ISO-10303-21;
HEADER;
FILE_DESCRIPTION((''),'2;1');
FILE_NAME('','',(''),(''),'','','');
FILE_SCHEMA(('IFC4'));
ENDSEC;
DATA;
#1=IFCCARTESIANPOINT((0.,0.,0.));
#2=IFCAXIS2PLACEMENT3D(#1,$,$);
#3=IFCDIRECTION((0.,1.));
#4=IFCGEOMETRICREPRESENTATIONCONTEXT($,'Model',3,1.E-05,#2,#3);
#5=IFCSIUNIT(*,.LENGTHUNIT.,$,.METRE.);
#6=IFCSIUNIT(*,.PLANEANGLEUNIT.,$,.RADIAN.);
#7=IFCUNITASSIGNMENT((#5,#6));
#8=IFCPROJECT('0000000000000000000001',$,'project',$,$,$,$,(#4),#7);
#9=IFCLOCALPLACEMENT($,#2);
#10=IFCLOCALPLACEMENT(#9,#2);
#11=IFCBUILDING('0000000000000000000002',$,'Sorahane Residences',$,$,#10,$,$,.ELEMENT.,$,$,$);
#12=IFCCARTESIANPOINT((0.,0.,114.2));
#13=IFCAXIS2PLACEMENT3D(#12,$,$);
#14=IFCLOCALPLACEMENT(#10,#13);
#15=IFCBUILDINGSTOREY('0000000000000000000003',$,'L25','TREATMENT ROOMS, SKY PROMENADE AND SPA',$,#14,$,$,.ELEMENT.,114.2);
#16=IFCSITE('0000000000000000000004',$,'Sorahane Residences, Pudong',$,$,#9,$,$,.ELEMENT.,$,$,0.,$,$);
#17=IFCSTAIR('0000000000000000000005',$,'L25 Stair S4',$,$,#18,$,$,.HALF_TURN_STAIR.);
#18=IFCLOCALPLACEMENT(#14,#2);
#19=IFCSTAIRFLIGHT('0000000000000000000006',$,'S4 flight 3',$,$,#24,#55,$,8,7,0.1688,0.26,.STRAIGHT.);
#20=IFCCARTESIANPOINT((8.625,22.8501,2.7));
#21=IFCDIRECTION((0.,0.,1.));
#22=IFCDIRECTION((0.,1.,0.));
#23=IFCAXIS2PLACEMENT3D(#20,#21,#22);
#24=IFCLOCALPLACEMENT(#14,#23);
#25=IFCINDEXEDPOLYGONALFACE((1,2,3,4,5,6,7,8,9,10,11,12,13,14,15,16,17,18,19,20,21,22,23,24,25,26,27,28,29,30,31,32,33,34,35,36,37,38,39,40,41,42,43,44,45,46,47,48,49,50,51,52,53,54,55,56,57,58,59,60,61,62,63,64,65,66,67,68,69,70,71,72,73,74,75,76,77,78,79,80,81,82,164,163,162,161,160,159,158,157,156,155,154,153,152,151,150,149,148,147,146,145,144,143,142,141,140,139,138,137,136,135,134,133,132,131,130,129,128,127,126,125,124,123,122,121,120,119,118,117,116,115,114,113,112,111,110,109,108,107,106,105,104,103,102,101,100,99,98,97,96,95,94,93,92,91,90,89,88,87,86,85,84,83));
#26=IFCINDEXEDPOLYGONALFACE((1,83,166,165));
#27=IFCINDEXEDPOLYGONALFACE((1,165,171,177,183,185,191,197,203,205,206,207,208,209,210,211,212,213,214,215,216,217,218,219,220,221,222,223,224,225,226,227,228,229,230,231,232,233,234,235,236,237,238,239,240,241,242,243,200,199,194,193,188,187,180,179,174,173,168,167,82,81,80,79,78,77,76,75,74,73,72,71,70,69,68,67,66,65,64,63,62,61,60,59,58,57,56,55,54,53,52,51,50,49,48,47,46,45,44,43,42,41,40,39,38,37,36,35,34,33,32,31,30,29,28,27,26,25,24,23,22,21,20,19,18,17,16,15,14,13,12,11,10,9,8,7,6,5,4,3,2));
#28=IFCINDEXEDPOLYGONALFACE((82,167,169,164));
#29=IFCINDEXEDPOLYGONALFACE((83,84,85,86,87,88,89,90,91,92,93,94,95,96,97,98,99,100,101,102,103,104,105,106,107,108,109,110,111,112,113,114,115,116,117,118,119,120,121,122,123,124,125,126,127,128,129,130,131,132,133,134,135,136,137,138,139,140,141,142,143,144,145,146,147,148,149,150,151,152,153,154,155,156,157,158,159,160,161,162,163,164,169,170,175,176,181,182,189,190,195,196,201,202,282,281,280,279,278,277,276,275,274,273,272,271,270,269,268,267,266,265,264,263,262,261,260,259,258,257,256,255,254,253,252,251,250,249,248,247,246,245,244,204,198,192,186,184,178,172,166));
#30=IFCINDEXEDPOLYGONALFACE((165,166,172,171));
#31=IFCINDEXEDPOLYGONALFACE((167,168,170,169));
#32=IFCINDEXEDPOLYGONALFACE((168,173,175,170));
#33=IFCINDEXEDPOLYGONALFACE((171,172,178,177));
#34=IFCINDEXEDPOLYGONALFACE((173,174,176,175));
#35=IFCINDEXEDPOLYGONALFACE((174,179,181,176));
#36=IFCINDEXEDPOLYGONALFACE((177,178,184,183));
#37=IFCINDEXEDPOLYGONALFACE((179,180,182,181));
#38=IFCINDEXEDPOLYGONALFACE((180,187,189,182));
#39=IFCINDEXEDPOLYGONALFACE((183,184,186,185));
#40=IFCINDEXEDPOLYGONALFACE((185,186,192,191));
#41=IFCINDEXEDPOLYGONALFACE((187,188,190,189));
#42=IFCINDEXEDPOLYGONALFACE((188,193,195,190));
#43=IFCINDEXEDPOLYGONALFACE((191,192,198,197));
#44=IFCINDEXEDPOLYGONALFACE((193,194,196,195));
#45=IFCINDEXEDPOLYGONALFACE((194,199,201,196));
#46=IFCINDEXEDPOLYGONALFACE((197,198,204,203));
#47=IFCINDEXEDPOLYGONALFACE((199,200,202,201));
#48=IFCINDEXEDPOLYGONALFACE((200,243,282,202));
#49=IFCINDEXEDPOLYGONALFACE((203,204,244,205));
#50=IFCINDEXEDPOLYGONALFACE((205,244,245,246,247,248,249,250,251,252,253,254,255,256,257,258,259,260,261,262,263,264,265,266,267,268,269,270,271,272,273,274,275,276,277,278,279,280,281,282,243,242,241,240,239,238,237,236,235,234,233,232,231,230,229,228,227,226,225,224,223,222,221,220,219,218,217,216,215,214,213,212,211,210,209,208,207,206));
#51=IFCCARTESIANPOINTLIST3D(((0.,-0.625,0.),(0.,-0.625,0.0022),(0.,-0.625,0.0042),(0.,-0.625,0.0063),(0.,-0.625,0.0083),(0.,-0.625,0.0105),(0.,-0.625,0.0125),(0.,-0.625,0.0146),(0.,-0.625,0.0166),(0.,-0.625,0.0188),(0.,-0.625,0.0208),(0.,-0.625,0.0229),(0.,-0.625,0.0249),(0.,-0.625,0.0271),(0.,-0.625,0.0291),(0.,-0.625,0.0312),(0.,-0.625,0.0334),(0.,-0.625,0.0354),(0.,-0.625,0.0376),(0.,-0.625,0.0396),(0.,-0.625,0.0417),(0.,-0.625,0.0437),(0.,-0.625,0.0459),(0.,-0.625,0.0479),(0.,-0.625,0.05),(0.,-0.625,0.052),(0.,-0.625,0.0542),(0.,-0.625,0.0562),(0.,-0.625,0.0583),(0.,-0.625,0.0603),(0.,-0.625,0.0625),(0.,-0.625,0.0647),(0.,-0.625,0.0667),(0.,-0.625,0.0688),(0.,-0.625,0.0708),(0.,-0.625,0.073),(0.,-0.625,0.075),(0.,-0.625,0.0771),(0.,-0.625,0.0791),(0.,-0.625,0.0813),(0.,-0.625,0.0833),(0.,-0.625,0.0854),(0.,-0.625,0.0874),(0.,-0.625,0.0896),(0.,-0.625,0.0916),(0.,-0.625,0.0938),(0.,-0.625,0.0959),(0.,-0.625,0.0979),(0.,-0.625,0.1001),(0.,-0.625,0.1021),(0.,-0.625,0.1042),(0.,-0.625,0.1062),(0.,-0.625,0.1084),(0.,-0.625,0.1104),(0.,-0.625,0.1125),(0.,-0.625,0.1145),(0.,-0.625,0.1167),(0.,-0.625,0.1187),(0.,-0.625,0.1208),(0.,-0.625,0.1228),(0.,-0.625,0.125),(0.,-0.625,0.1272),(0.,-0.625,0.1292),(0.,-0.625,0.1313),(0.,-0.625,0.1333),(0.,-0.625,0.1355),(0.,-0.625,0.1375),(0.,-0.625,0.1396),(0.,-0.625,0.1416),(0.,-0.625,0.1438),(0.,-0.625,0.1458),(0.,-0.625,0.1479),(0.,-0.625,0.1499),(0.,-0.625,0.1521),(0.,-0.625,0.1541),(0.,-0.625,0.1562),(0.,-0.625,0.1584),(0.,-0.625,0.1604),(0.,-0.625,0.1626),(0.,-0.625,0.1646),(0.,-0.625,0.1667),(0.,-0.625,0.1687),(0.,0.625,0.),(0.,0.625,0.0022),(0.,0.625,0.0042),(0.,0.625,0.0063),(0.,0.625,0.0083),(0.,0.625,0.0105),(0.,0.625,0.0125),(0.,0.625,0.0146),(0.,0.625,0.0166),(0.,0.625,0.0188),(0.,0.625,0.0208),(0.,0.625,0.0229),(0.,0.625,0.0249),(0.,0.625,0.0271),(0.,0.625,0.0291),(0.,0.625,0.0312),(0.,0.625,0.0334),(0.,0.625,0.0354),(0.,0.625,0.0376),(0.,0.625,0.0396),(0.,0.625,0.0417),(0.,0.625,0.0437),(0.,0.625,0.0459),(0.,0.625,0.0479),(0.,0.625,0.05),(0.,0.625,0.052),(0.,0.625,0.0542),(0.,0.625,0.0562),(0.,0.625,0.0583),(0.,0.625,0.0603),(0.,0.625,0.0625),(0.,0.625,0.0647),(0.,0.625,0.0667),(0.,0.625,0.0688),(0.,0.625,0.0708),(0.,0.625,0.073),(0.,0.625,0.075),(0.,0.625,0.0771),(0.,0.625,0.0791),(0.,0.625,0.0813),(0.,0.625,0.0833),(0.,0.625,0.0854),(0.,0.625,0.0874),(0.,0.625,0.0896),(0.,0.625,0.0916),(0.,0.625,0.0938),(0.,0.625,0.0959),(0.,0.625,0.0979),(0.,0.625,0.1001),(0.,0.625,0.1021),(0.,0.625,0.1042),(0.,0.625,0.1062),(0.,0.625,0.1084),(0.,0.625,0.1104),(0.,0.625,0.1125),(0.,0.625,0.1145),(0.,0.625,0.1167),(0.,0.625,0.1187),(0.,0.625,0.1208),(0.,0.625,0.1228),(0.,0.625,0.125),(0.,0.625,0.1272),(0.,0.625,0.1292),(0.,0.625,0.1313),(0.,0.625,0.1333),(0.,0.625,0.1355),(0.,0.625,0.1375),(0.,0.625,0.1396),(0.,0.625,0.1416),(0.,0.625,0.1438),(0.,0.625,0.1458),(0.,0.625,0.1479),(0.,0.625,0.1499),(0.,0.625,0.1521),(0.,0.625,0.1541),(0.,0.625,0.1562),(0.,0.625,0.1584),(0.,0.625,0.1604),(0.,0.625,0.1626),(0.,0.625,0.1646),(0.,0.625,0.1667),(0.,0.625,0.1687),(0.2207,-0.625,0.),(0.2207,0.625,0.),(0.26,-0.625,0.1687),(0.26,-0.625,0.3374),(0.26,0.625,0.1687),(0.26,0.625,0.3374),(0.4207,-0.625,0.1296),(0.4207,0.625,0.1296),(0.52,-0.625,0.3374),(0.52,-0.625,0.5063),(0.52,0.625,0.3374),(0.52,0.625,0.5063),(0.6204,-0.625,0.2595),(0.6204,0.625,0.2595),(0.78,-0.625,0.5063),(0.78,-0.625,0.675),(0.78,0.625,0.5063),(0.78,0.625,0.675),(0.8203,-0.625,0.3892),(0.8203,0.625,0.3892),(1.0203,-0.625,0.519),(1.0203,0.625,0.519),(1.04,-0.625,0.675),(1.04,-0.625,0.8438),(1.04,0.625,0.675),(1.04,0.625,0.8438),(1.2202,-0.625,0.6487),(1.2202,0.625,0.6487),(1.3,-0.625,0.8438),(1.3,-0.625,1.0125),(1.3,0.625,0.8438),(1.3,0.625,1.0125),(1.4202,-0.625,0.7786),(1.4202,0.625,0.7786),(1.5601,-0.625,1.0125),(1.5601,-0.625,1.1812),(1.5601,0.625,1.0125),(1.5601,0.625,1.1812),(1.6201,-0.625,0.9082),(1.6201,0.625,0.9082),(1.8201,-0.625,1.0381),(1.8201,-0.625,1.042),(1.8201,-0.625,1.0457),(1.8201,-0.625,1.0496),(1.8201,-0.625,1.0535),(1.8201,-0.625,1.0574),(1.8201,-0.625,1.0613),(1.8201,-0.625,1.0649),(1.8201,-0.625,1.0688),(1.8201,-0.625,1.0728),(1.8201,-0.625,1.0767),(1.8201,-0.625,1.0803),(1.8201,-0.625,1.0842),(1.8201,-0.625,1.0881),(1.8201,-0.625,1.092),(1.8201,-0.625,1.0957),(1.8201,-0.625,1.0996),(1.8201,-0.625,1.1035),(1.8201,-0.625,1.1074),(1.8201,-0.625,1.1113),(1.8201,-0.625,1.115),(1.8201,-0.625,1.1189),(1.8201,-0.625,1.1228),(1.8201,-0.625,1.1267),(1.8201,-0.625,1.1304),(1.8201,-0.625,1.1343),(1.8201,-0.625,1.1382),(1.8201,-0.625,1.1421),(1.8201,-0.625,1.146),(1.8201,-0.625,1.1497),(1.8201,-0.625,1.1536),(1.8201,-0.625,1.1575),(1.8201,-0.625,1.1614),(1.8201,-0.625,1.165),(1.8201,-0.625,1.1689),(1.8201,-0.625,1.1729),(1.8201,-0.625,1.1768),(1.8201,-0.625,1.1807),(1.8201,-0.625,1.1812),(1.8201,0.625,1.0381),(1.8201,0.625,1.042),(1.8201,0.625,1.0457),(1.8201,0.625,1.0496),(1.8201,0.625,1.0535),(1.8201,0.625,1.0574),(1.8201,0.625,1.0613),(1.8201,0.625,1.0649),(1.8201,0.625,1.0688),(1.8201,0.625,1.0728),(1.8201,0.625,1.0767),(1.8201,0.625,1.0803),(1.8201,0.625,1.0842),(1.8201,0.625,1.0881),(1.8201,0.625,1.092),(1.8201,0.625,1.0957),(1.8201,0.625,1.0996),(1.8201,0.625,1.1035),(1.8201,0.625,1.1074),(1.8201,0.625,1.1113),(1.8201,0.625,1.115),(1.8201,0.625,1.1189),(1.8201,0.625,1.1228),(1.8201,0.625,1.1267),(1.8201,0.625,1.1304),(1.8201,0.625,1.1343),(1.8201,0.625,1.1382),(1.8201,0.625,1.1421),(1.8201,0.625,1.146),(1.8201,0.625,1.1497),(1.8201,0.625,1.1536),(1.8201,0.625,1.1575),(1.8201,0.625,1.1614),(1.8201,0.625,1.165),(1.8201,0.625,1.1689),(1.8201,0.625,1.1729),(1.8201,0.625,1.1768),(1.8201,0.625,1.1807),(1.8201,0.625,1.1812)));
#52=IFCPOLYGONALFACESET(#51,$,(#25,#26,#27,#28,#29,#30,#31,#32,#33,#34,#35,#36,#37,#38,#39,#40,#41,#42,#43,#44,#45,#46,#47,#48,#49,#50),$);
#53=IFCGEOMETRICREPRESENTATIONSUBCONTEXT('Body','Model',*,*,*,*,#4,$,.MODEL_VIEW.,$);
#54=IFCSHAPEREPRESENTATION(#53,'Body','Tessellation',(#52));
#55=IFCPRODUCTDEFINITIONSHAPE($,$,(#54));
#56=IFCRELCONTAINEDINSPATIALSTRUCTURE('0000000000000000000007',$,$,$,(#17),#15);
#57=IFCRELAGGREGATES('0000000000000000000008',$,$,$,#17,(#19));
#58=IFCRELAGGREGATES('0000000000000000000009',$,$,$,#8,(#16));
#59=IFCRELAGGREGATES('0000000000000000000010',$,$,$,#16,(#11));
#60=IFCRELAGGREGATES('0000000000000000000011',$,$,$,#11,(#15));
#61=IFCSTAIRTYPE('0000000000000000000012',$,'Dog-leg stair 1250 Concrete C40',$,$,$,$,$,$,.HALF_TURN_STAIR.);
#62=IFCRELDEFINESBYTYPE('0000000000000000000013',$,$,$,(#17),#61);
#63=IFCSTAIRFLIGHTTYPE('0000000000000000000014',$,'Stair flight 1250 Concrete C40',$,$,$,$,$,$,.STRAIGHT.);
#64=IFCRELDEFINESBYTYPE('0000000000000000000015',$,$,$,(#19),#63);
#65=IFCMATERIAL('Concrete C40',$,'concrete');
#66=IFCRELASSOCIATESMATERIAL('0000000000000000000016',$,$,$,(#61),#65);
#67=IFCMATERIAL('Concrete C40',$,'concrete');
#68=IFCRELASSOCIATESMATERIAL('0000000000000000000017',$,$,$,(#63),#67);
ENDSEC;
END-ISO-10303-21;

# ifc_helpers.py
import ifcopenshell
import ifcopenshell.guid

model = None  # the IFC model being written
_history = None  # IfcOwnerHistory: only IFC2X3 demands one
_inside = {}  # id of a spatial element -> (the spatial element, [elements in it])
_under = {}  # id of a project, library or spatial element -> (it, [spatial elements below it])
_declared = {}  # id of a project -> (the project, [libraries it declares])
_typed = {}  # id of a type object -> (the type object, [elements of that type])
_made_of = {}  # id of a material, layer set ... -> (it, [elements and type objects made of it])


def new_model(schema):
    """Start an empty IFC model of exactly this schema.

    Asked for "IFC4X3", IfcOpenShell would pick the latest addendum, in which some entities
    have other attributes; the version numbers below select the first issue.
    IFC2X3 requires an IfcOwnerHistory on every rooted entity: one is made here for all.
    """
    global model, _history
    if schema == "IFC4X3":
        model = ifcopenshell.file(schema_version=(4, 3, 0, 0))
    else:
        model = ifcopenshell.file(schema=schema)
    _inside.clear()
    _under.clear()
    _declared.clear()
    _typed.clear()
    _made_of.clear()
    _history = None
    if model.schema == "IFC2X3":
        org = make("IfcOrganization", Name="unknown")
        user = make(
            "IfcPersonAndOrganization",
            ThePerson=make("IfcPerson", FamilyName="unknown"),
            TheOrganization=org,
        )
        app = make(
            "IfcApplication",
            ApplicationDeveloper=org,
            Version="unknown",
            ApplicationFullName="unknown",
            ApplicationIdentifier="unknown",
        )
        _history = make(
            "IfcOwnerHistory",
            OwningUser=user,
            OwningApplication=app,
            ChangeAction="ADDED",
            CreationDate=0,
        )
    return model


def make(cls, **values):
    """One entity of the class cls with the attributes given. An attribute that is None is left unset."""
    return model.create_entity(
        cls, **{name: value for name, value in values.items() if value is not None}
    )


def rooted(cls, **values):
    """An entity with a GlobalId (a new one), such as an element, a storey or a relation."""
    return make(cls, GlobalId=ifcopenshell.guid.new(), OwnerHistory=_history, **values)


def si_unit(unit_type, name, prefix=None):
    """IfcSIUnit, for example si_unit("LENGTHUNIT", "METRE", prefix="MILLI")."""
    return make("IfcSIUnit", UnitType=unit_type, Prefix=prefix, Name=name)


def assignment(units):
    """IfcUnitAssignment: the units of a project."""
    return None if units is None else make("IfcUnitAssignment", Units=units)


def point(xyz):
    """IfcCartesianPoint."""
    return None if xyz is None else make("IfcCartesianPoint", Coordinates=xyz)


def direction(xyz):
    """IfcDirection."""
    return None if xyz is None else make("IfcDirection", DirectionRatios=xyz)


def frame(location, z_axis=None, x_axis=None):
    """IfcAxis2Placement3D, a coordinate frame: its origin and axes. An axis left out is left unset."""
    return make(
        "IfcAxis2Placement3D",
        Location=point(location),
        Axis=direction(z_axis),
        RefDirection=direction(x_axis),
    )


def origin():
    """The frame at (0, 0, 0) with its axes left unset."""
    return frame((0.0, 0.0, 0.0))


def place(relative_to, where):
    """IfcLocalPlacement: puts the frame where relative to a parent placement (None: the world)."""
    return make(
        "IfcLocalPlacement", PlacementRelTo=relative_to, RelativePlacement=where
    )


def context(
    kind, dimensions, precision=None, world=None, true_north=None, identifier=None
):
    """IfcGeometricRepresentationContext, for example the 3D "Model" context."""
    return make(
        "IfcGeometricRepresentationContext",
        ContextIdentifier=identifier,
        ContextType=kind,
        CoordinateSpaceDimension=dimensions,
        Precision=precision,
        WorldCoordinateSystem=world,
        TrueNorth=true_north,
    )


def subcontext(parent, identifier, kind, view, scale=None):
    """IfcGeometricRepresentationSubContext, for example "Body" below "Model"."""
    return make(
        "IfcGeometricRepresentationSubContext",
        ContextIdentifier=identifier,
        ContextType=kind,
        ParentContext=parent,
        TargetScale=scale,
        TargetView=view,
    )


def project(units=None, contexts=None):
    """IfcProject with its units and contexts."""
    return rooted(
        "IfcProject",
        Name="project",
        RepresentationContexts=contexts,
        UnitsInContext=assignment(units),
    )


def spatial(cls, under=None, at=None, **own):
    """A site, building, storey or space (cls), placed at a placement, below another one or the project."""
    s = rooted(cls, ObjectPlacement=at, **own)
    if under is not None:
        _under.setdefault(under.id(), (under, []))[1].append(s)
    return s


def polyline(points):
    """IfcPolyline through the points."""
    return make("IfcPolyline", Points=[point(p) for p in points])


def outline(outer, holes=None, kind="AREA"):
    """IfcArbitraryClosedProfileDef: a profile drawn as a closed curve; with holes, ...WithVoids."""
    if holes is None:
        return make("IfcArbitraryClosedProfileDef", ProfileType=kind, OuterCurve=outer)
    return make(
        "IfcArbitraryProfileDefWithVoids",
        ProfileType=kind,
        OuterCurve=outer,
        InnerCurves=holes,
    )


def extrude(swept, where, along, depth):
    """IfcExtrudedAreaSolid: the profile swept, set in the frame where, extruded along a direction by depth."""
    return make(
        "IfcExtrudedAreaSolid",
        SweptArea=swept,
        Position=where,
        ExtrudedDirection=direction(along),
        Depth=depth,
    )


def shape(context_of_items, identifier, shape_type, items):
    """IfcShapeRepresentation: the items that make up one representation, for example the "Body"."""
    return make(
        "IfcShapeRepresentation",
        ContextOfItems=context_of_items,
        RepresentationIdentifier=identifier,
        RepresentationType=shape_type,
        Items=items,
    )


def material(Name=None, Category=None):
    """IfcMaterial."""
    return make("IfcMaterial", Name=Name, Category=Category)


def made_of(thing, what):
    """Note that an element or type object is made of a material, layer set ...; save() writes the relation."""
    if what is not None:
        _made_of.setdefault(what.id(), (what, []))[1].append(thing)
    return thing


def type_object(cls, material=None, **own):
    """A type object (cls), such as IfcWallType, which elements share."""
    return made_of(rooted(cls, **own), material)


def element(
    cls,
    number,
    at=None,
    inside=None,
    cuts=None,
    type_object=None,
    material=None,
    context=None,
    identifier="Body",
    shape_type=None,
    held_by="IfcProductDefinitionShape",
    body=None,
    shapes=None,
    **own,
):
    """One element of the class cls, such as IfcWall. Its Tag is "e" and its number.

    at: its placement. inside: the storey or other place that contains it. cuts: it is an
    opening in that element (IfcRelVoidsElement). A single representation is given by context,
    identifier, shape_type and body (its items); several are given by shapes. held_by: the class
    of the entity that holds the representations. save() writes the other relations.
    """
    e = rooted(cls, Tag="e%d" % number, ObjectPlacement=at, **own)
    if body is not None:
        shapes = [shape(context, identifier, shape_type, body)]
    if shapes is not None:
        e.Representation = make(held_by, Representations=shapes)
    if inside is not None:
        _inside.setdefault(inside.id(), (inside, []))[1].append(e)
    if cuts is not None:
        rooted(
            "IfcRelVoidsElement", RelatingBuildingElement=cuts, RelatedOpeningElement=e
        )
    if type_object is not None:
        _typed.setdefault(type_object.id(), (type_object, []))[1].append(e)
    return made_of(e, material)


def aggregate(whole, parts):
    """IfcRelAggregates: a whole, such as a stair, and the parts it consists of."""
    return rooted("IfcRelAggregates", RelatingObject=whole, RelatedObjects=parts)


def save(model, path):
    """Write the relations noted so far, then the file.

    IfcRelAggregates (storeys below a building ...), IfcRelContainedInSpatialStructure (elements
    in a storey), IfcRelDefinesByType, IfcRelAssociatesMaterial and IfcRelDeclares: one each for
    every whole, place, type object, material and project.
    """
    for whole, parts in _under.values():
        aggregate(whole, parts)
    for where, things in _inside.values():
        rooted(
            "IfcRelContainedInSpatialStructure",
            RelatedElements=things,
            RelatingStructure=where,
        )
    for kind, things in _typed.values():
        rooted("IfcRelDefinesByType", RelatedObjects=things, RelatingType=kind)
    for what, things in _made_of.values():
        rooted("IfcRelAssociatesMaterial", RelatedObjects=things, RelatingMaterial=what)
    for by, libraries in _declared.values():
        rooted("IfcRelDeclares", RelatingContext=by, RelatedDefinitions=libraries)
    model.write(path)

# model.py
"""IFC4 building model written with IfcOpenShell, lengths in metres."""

from ifc_helpers import new_model, si_unit, direction, frame, origin, place, context, subcontext, project, spatial, polyline, outline, extrude, material, type_object, element, aggregate, save


model = new_model("IFC4")

# Units and contexts
model_context = context("Model", 3, precision=1e-05, world=origin(), true_north=direction((0.0, 1.0)))
body_context = subcontext(model_context, "Body", "Model", "MODEL_VIEW")
ifc_project = project(units=[si_unit("LENGTHUNIT", "METRE"), si_unit("PLANEANGLEUNIT", "RADIAN")], contexts=[model_context])

# Site, building, storey
site_placement = place(None, origin())
site = spatial("IfcSite", under=ifc_project, at=site_placement, Name="Sorahane Residences, Pudong", CompositionType="ELEMENT", RefElevation=0.0)
building_placement = place(site_placement, origin())
building = spatial("IfcBuilding", under=site, at=building_placement, Name="Sorahane Residences", CompositionType="ELEMENT")
storey_placement = place(building_placement, frame((0.0, 0.0, 114.2)))
storey = spatial("IfcBuildingStorey", under=building, at=storey_placement, Name="L25", Description="TREATMENT ROOMS, SKY PROMENADE AND SPA", CompositionType="ELEMENT", Elevation=114.2)

# Stair, stair flight
ifc_material_1 = material(Name="Concrete C40", Category="concrete")
stair_type = type_object("IfcStairType", Name="Dog-leg stair 1250 Concrete C40", PredefinedType="HALF_TURN_STAIR", material=ifc_material_1)
stair_placement = place(storey_placement, origin())
stair = element("IfcStair", 1, at=stair_placement, inside=storey, type_object=stair_type, Name="L25 Stair S4", PredefinedType="HALF_TURN_STAIR")
ifc_material_2 = material(Name="Concrete C40", Category="concrete")
stair_flight_type = type_object("IfcStairFlightType", Name="Stair flight 1250 Concrete C40", PredefinedType="STRAIGHT", material=ifc_material_2)
stair_flight_1_placement = place(storey_placement, frame((8.625, 22.8501, 2.7), z_axis=(0.0, 0.0, 1.0), x_axis=(0.0, 1.0, 0.0)))
stair_flight_1 = element("IfcStairFlight", 2, at=stair_flight_1_placement, type_object=stair_flight_type, Name="S4 flight 3", NumberOfRisers=8, NumberOfTreads=7, PredefinedType="STRAIGHT", RiserHeight=0.1688, TreadLength=0.26, context=body_context, shape_type="SweptSolid", body=[
    extrude(outline(polyline([(0.0, 0.0), (0.0, 0.0022), (0.0, 0.0042), (0.0, 0.0063), (0.0, 0.0083), (0.0, 0.0105), (0.0, 0.0125), (0.0, 0.0146), (0.0, 0.0166), (0.0, 0.0188), (0.0, 0.0208), (0.0, 0.0229), (0.0, 0.0249), (0.0, 0.0271), (0.0, 0.0291), (0.0, 0.0312), (0.0, 0.0334), (0.0, 0.0354), (0.0, 0.0376), (0.0, 0.0396), (0.0, 0.0417), (0.0, 0.0437), (0.0, 0.0459), (0.0, 0.0479), (0.0, 0.05), (0.0, 0.052), (0.0, 0.0542), (0.0, 0.0562), (0.0, 0.0583), (0.0, 0.0603), (0.0, 0.0625), (0.0, 0.0647), (0.0, 0.0667), (0.0, 0.0688), (0.0, 0.0708), (0.0, 0.073), (0.0, 0.075), (0.0, 0.0771), (0.0, 0.0791), (0.0, 0.0813), (0.0, 0.0833), (0.0, 0.0854), (0.0, 0.0874), (0.0, 0.0896), (0.0, 0.0916), (0.0, 0.0938), (0.0, 0.0959), (0.0, 0.0979), (0.0, 0.1001), (0.0, 0.1021), (0.0, 0.1042), (0.0, 0.1062), (0.0, 0.1084), (0.0, 0.1104), (0.0, 0.1125), (0.0, 0.1145), (0.0, 0.1167), (0.0, 0.1187), (0.0, 0.1208), (0.0, 0.1228), (0.0, 0.125), (0.0, 0.1272), (0.0, 0.1292), (0.0, 0.1313), (0.0, 0.1333), (0.0, 0.1355), (0.0, 0.1375), (0.0, 0.1396), (0.0, 0.1416), (0.0, 0.1438), (0.0, 0.1458), (0.0, 0.1479), (0.0, 0.1499), (0.0, 0.1521), (0.0, 0.1541), (0.0, 0.1562), (0.0, 0.1584), (0.0, 0.1604), (0.0, 0.1626), (0.0, 0.1646), (0.0, 0.1667), (0.0, 0.1687), (0.26, 0.1687), (0.26, 0.3374), (0.52, 0.3374), (0.52, 0.5063), (0.78, 0.5063), (0.78, 0.675), (1.04, 0.675), (1.04, 0.8438), (1.3, 0.8438), (1.3, 1.0125), (1.5601, 1.0125), (1.5601, 1.1812), (1.8201, 1.1812), (1.8201, 1.3501), (1.8201, 1.3462), (1.8201, 1.3423), (1.8201, 1.3384), (1.8201, 1.3347), (1.8201, 1.3308), (1.8201, 1.3269), (1.8201, 1.323), (1.8201, 1.3191), (1.8201, 1.3154), (1.8201, 1.3115), (1.8201, 1.3076), (1.8201, 1.3037), (1.8201, 1.3), (1.8201, 1.2961), (1.8201, 1.2922), (1.8201, 1.2883), (1.8201, 1.2844), (1.8201, 1.2808), (1.8201, 1.2769), (1.8201, 1.2729), (1.8201, 1.269), (1.8201, 1.2654), (1.8201, 1.2615), (1.8201, 1.2576), (1.8201, 1.2537), (1.8201, 1.2498), (1.8201, 1.2461), (1.8201, 1.2422), (1.8201, 1.2383), (1.8201, 1.2344), (1.8201, 1.2307), (1.8201, 1.2268), (1.8201, 1.2229), (1.8201, 1.219), (1.8201, 1.2151), (1.8201, 1.2114), (1.8201, 1.2075), (1.8201, 1.2036), (1.8201, 1.1997), (1.8201, 1.196), (1.8201, 1.1921), (1.8201, 1.1882), (1.8201, 1.1843), (1.8201, 1.1807), (1.8201, 1.1768), (1.8201, 1.1729), (1.8201, 1.1689), (1.8201, 1.165), (1.8201, 1.1614), (1.8201, 1.1575), (1.8201, 1.1536), (1.8201, 1.1497), (1.8201, 1.146), (1.8201, 1.1421), (1.8201, 1.1382), (1.8201, 1.1343), (1.8201, 1.1304), (1.8201, 1.1267), (1.8201, 1.1228), (1.8201, 1.1189), (1.8201, 1.115), (1.8201, 1.1113), (1.8201, 1.1074), (1.8201, 1.1035), (1.8201, 1.0996), (1.8201, 1.0957), (1.8201, 1.092), (1.8201, 1.0881), (1.8201, 1.0842), (1.8201, 1.0803), (1.8201, 1.0767), (1.8201, 1.0728), (1.8201, 1.0688), (1.8201, 1.0649), (1.8201, 1.0613), (1.8201, 1.0574), (1.8201, 1.0535), (1.8201, 1.0496), (1.8201, 1.0457), (1.8201, 1.042), (1.8201, 1.0381), (1.6201, 0.9082), (1.4202, 0.7786), (1.2202, 0.6487), (1.0203, 0.519), (0.8203, 0.3892), (0.6204, 0.2595), (0.4207, 0.1296), (0.2207, 0.0), (0.0, 0.0)])), frame((0.0, 0.625, 0.0), z_axis=(0.0, -1.0, 0.0), x_axis=(1.0, 0.0, 0.0)), (0.0, 0.0, 1.0), 1.25),
])
aggregate(stair, [stair_flight_1])

save(model, "model.ifc")
